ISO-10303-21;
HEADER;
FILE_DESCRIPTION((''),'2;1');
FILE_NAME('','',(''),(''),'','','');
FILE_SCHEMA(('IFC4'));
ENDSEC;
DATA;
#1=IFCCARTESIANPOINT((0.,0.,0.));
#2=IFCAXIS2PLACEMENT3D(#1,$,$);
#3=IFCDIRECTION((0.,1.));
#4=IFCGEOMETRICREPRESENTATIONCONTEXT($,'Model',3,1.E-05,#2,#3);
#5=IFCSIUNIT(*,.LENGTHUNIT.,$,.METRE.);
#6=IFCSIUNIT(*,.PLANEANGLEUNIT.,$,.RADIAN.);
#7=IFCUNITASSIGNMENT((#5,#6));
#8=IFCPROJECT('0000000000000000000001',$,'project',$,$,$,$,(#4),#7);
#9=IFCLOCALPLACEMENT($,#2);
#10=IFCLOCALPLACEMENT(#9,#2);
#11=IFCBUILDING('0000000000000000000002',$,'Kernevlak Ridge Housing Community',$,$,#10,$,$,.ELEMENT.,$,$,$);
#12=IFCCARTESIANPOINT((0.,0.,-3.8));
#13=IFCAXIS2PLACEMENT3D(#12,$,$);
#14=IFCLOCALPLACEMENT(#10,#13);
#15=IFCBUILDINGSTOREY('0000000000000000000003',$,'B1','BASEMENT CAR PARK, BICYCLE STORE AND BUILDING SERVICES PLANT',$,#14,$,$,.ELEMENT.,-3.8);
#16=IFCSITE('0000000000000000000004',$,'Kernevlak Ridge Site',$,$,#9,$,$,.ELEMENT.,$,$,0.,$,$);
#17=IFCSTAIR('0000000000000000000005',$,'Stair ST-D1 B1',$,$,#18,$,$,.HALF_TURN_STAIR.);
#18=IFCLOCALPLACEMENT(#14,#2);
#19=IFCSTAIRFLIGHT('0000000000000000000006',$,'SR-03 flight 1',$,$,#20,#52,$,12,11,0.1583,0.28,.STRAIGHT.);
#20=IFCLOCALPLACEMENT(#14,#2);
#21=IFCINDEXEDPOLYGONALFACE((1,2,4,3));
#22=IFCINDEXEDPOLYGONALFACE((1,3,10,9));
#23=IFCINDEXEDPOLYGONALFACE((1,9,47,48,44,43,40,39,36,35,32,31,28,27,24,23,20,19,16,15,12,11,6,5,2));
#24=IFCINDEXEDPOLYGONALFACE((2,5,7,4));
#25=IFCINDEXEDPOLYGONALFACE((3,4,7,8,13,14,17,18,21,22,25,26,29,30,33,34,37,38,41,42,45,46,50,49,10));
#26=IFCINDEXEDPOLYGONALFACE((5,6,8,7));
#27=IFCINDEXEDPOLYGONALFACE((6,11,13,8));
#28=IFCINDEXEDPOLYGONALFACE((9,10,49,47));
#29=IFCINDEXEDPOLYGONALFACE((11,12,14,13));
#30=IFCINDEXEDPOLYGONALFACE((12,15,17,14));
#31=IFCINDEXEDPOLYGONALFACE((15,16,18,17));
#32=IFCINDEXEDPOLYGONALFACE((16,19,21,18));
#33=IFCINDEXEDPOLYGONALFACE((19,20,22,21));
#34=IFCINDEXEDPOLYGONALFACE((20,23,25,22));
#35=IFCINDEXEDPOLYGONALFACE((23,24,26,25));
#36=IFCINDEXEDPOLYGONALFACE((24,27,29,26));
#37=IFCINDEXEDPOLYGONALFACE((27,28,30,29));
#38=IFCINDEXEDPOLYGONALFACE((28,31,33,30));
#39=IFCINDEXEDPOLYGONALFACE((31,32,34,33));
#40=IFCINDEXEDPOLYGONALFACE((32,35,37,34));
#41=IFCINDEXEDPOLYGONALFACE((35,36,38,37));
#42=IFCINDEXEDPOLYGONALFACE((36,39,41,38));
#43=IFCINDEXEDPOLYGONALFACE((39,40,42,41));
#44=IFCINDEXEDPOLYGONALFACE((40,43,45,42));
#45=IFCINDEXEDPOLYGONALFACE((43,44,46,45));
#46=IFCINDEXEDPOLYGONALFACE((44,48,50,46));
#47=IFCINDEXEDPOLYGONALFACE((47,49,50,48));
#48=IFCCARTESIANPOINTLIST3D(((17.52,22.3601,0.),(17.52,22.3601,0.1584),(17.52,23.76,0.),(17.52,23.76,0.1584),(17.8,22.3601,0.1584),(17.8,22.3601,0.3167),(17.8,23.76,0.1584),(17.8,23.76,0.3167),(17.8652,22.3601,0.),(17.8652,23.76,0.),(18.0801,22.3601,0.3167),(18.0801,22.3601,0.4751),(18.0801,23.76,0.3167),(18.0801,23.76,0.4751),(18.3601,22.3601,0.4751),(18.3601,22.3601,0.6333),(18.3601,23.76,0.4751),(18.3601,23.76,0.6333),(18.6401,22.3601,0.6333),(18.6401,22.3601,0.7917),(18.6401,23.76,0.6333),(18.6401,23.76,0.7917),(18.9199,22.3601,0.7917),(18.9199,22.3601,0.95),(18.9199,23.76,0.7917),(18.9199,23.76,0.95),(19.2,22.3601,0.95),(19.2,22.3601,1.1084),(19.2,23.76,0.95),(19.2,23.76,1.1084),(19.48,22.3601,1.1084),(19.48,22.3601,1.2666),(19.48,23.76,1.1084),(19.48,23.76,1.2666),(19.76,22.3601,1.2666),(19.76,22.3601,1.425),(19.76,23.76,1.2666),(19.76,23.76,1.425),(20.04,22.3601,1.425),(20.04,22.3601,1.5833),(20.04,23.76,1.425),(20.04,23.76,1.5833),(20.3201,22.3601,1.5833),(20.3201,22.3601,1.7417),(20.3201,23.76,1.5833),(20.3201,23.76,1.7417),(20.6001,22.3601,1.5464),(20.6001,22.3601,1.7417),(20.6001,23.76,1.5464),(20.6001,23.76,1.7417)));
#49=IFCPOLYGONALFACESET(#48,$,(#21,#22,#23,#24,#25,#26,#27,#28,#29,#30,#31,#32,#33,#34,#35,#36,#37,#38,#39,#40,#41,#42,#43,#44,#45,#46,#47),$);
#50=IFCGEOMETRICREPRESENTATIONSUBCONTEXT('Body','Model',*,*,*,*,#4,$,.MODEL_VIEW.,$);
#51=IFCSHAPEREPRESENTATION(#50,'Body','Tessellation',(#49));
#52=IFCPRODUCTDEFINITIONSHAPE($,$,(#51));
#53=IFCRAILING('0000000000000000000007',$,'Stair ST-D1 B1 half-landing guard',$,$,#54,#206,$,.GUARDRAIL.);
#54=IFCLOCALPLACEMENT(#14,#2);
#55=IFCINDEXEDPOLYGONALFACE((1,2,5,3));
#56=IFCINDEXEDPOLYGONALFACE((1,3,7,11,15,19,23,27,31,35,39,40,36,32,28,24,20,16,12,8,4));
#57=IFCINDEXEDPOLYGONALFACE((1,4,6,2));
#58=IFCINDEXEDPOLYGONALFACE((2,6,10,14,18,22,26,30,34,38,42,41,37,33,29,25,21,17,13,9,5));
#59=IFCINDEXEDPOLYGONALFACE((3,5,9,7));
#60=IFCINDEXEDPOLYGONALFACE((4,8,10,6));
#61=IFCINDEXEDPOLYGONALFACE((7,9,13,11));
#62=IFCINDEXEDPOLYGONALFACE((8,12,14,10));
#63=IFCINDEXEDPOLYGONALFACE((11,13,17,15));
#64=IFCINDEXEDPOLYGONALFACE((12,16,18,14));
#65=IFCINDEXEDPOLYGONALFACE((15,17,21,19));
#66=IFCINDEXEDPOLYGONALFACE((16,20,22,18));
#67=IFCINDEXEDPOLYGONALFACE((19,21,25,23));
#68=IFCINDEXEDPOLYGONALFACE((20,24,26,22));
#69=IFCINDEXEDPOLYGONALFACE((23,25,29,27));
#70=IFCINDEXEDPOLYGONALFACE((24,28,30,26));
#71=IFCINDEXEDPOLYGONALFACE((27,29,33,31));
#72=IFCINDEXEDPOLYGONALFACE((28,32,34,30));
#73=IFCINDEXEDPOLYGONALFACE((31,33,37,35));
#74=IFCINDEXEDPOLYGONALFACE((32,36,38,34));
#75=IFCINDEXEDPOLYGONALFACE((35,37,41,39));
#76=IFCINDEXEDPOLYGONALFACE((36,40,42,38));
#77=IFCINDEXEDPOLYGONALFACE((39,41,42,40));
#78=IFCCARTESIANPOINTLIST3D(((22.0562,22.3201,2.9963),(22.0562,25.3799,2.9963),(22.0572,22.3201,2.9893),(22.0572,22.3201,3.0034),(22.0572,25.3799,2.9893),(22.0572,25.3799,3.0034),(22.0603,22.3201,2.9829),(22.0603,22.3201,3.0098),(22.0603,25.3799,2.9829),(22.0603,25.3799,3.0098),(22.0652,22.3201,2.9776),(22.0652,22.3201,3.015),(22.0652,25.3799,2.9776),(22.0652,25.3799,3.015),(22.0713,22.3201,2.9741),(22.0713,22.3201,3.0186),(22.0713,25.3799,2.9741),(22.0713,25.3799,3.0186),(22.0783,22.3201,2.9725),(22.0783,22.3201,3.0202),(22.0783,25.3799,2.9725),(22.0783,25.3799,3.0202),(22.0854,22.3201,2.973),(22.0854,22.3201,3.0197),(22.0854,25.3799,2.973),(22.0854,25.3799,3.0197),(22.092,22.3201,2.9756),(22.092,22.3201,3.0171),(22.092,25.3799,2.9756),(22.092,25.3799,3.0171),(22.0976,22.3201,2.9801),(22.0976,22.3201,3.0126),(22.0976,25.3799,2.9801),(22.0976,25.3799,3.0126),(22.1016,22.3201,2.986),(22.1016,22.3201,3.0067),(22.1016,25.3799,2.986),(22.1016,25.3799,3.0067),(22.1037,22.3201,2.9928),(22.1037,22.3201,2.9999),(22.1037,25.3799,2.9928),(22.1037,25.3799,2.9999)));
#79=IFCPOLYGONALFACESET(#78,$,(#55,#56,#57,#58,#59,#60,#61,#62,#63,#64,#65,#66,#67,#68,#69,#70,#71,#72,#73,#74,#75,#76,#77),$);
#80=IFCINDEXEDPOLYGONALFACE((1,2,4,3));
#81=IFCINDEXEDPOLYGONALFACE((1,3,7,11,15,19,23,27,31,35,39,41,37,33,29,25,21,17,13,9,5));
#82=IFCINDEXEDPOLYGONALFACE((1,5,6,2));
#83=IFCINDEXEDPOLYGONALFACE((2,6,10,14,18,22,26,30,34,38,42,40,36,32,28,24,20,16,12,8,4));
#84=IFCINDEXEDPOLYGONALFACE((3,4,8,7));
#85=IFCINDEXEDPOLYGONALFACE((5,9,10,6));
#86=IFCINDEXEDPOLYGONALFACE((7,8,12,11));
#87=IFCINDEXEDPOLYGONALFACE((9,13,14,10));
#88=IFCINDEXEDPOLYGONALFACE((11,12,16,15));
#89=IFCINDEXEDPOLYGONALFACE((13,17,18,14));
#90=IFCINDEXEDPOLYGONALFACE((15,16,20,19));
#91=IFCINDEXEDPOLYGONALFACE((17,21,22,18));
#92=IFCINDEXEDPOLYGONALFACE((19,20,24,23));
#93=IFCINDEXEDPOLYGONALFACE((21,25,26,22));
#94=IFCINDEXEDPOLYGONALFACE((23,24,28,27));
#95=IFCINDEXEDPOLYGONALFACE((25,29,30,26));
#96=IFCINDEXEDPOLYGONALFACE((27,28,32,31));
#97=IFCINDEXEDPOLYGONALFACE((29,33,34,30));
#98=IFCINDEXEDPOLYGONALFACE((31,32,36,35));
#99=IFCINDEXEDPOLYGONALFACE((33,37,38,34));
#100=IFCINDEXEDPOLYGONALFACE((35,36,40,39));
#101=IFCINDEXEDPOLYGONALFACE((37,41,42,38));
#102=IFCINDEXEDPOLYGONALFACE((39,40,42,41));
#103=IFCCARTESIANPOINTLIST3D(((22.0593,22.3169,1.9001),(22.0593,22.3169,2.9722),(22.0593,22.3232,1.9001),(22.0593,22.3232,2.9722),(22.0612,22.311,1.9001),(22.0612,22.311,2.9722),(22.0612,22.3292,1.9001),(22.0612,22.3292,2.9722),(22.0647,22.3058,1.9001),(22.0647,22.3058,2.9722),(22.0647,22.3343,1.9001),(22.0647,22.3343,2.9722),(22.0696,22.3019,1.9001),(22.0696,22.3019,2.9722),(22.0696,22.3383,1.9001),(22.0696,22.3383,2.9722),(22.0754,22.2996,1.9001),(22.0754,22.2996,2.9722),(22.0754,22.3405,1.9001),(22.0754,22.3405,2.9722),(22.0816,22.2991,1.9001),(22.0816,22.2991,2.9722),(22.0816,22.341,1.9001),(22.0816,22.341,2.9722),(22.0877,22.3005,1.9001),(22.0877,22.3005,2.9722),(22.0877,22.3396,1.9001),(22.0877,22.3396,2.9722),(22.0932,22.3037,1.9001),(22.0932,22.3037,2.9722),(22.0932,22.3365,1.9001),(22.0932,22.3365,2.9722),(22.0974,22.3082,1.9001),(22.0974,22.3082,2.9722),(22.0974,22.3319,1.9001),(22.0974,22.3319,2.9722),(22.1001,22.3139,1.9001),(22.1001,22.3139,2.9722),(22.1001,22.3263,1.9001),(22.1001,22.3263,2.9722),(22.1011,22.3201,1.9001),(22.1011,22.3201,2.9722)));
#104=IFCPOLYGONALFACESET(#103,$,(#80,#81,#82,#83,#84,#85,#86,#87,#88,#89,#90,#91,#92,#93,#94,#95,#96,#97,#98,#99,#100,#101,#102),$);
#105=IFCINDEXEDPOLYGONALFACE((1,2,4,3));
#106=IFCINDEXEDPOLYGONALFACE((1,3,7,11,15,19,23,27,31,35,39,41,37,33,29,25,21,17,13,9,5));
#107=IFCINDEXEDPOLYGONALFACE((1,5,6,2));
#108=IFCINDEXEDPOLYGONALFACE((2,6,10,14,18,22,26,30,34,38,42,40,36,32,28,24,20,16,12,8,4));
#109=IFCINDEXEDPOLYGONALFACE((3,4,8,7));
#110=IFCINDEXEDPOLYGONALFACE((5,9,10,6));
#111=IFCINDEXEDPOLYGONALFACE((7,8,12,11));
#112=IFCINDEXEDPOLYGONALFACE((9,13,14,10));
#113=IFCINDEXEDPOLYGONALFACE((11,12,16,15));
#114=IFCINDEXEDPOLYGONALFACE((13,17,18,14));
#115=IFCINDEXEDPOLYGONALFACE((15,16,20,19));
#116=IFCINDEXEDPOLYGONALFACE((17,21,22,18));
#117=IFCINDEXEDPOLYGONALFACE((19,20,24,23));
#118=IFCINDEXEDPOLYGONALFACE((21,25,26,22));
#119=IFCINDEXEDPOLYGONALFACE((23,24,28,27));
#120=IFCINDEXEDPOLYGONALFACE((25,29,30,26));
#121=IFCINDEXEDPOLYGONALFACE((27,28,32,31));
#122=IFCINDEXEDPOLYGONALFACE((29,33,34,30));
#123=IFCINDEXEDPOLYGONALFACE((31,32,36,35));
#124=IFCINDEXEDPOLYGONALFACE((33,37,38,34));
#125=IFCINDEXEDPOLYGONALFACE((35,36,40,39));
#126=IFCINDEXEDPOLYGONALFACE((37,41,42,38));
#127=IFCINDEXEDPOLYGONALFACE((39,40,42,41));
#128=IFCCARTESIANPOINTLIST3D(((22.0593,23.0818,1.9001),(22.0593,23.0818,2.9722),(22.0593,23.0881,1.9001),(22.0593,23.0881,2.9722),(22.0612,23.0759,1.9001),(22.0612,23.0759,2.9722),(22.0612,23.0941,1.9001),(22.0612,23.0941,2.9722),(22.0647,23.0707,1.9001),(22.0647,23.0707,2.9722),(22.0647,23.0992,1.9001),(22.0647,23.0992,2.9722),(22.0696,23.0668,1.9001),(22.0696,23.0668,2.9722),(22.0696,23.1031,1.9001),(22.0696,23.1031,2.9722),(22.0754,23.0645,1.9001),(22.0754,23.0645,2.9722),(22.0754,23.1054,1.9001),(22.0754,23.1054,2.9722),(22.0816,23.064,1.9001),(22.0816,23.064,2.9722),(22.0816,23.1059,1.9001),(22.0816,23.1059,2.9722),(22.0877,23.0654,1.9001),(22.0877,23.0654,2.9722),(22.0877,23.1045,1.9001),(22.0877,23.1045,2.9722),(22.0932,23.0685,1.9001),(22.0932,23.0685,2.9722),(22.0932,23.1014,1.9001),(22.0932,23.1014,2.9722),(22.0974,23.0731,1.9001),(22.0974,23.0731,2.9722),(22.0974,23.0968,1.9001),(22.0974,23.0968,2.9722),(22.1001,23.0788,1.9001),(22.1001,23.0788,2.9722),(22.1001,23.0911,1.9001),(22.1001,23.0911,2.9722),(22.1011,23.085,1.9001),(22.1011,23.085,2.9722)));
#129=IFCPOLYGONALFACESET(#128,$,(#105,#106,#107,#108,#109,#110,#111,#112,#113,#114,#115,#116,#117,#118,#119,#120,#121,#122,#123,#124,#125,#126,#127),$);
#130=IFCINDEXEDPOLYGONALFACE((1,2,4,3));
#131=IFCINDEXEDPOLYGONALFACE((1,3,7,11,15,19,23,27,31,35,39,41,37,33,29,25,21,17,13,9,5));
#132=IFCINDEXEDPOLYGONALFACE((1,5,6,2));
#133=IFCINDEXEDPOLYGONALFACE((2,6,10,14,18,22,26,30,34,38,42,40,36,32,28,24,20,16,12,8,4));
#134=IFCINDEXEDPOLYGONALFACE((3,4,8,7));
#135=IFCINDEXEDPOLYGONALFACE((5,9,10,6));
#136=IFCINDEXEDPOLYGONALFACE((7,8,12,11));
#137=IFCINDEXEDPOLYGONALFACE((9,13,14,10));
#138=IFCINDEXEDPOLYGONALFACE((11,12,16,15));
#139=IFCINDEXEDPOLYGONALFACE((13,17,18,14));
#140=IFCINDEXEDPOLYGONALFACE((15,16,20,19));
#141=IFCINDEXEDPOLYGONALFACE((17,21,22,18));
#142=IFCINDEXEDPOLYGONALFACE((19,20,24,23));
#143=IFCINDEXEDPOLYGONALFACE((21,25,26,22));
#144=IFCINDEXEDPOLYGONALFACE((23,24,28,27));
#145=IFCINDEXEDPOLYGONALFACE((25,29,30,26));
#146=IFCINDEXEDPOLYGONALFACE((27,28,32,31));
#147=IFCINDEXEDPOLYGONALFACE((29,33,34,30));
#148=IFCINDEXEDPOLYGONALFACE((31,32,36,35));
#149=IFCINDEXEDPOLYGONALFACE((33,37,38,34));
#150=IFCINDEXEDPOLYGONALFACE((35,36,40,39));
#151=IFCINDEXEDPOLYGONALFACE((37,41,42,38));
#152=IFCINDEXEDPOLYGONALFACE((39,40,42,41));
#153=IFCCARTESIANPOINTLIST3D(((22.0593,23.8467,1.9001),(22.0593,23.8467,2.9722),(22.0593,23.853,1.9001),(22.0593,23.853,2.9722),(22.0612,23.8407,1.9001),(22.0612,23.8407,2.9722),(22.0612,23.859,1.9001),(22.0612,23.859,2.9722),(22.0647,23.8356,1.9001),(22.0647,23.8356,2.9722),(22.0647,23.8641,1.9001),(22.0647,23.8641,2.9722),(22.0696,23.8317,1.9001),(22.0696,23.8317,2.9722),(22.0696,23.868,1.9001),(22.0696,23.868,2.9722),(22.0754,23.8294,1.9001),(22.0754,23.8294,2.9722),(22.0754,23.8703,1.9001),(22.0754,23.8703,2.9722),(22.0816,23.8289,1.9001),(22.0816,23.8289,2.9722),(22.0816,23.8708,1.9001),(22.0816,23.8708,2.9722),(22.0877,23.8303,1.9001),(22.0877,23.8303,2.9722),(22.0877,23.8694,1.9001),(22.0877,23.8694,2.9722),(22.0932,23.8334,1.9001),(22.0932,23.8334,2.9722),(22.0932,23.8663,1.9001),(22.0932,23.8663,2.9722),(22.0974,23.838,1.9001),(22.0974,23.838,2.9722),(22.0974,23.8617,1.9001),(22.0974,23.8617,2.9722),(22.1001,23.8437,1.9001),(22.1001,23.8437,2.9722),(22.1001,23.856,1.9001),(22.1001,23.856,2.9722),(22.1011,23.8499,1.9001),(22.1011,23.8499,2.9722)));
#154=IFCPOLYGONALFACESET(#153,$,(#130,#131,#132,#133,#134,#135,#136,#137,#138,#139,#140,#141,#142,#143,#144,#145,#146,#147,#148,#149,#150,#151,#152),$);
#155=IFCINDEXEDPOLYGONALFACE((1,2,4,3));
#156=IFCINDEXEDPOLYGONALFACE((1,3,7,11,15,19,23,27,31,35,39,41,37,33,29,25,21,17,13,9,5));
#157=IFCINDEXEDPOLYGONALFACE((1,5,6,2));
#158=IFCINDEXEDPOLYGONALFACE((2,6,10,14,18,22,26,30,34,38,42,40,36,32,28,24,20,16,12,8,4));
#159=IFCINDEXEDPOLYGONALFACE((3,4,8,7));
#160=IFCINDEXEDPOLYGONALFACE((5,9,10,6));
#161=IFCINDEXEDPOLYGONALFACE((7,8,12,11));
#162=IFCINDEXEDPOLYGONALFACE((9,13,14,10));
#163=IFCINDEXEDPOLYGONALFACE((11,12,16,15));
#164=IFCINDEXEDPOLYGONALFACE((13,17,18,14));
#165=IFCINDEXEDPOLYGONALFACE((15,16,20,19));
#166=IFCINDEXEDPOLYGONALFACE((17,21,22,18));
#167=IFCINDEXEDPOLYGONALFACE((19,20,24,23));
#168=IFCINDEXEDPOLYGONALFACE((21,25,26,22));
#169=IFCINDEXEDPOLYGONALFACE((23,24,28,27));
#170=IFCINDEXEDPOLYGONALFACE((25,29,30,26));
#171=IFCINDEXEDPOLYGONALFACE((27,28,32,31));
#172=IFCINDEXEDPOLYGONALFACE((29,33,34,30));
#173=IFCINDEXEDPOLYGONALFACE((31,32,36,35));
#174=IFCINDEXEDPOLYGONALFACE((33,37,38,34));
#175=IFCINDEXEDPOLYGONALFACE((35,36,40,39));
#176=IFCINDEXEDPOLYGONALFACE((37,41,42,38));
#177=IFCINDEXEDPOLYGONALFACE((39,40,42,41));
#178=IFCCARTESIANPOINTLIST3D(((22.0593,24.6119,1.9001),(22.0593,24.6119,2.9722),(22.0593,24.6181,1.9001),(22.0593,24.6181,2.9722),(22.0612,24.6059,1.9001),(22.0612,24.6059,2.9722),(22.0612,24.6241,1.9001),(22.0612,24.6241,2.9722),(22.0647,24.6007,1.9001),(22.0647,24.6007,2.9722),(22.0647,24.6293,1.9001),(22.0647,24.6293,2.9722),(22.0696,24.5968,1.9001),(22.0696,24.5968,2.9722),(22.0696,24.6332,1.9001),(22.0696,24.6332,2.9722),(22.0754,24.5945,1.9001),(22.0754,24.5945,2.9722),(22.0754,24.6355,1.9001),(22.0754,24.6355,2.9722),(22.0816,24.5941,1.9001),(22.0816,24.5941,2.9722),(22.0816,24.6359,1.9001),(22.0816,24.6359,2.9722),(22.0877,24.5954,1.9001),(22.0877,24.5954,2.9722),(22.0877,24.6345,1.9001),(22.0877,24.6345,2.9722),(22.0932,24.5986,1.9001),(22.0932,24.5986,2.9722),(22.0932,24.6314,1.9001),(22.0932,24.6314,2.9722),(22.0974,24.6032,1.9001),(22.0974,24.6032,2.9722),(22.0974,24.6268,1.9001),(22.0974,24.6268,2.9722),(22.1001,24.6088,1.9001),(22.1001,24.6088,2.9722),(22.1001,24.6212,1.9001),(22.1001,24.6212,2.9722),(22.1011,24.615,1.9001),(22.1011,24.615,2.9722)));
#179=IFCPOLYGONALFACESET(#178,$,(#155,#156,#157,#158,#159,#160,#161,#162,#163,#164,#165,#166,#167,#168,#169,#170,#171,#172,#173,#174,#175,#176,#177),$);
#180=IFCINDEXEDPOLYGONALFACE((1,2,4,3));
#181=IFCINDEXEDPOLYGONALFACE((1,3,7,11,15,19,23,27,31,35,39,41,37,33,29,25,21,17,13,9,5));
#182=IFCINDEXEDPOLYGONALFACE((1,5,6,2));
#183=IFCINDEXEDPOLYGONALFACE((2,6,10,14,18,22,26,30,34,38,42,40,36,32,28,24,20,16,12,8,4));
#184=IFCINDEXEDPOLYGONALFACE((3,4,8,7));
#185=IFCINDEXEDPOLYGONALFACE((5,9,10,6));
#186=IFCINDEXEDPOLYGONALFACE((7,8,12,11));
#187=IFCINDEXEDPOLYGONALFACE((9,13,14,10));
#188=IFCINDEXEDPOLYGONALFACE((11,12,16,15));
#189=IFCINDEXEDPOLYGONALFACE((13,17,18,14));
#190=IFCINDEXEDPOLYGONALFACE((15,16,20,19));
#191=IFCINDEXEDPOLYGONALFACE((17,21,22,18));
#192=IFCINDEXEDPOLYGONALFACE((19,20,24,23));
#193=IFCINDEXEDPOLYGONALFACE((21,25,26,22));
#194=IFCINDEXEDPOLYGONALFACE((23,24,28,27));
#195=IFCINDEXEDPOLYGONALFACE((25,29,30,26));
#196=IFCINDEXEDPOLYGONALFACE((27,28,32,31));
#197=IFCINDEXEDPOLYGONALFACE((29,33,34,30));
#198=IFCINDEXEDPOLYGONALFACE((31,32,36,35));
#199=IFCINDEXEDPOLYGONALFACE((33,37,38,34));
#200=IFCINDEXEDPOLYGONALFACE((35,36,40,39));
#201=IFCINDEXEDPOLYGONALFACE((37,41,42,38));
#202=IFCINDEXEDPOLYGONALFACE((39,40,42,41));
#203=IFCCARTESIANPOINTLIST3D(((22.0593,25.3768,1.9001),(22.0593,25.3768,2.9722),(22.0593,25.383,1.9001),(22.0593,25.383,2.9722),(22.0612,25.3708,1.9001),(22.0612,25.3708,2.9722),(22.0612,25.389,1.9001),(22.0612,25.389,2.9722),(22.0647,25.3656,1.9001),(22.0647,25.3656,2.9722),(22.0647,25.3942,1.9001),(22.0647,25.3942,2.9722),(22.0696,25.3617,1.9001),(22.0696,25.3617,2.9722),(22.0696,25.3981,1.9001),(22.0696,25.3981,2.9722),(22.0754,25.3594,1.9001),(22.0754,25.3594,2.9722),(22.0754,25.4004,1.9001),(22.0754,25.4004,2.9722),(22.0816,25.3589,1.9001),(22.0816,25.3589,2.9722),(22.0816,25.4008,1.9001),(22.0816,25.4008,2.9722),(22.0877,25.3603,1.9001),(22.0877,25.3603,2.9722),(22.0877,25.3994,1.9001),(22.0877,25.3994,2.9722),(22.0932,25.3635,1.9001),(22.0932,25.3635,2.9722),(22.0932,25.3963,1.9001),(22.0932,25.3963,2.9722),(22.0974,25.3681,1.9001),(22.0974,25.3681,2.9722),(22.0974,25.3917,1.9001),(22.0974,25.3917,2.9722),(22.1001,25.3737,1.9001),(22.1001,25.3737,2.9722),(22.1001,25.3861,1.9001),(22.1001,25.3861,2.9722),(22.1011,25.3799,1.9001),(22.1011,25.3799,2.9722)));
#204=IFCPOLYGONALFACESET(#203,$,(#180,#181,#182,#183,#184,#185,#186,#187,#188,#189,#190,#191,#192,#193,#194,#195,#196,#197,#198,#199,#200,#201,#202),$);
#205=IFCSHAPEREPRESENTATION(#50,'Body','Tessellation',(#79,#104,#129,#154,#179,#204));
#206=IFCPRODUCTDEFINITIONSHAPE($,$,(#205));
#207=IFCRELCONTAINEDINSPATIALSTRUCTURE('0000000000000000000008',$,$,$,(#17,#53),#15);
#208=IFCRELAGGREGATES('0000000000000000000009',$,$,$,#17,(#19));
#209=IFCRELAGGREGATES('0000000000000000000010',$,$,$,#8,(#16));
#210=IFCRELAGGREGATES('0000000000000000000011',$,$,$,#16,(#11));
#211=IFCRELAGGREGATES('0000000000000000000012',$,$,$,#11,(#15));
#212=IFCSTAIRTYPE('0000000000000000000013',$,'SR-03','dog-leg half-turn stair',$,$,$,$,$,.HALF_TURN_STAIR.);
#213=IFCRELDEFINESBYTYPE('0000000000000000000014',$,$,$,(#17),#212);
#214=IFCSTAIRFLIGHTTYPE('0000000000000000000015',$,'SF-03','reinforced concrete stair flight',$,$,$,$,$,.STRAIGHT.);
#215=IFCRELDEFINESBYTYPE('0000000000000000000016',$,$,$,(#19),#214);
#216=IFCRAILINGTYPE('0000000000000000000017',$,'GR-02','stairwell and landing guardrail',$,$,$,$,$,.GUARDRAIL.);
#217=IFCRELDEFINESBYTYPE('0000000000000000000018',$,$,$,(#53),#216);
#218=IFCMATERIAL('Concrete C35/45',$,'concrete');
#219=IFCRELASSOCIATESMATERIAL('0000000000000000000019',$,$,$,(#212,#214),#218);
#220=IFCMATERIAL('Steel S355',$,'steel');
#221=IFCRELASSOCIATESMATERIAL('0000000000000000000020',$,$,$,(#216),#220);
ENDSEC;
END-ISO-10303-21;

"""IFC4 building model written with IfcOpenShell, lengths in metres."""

from ifc_helpers import new_model, si_unit, direction, frame, origin, origin_2d, place, context, subcontext, project, spatial, polyline, circle, outline, extrude, material, type_object, element, aggregate, save


model = new_model("IFC4")

# Units and contexts
model_context = context("Model", 3, precision=1e-05, world=origin(), true_north=direction((0.0, 1.0)))
body_context = subcontext(model_context, "Body", "Model", "MODEL_VIEW")
ifc_project = project(units=[si_unit("LENGTHUNIT", "METRE"), si_unit("PLANEANGLEUNIT", "RADIAN")], contexts=[model_context])

# Site, building, storey
site_placement = place(None, origin())
site = spatial("IfcSite", under=ifc_project, at=site_placement, Name="Kernevlak Ridge Site", CompositionType="ELEMENT", RefElevation=0.0)
building_placement = place(site_placement, origin())
building = spatial("IfcBuilding", under=site, at=building_placement, Name="Kernevlak Ridge Housing Community", CompositionType="ELEMENT")
storey_placement = place(building_placement, frame((0.0, 0.0, -3.8)))
storey = spatial("IfcBuildingStorey", under=building, at=storey_placement, Name="B1", Description="BASEMENT CAR PARK, BICYCLE STORE AND BUILDING SERVICES PLANT", CompositionType="ELEMENT", Elevation=-3.8)

# Shared definitions
ifc_material_1 = material(Name="Concrete C35/45", Category="concrete")

# Stair, stair flight
stair_type = type_object("IfcStairType", Name="SR-03", Description="dog-leg half-turn stair", PredefinedType="HALF_TURN_STAIR", material=ifc_material_1)
stair_placement = place(storey_placement, origin())
stair = element("IfcStair", 1, at=stair_placement, inside=storey, type_object=stair_type, Name="Stair ST-D1 B1", PredefinedType="HALF_TURN_STAIR")
stair_flight_type = type_object("IfcStairFlightType", Name="SF-03", Description="reinforced concrete stair flight", PredefinedType="STRAIGHT", material=ifc_material_1)
stair_flight_placement = place(storey_placement, frame((17.52, 23.0601, 0.0), z_axis=(0.0, 0.0, 1.0), x_axis=(1.0, 0.0, 0.0)))
stair_flight = element("IfcStairFlight", 2, at=stair_flight_placement, type_object=stair_flight_type, Name="SR-03 flight 1", NumberOfRisers=12, NumberOfTreads=11, PredefinedType="STRAIGHT", RiserHeight=0.1583, TreadLength=0.28, context=body_context, shape_type="SweptSolid", body=[
    extrude(outline(polyline([(0.0, 0.0), (0.0, 0.1584), (0.28, 0.1584), (0.28, 0.3167), (0.5601, 0.3167), (0.5601, 0.4751), (0.8401, 0.4751), (0.8401, 0.6333), (1.1201, 0.6333), (1.1201, 0.7917), (1.3999, 0.7917), (1.3999, 0.95), (1.6799, 0.95), (1.6799, 1.1084), (1.96, 1.1084), (1.96, 1.2666), (2.24, 1.2666), (2.24, 1.425), (2.52, 1.425), (2.52, 1.5833), (2.8, 1.5833), (2.8, 1.7417), (3.0801, 1.7417), (3.0801, 1.8999), (3.0801, 1.5464), (0.3452, 0.0), (0.0, 0.0)])), frame((0.0, 0.7, 0.0), z_axis=(0.0, -1.0, 0.0), x_axis=(1.0, 0.0, 0.0)), (0.0, 0.0, 1.0), 1.3999),
])
aggregate(stair, [stair_flight])

# Railing
ifc_material_2 = material(Name="Steel S355", Category="steel")
railing_type_1 = type_object("IfcRailingType", Name="GR-02", Description="stairwell and landing guardrail", PredefinedType="GUARDRAIL", material=ifc_material_2)
railing_1_placement = place(storey_placement, frame((22.0801, 22.3201, 1.9001)))
element("IfcRailing", 3, at=railing_1_placement, inside=storey, type_object=railing_type_1, Name="Stair ST-D1 B1 half-landing guard", PredefinedType="GUARDRAIL", context=body_context, shape_type="SweptSolid", body=[
    extrude(circle(Radius=0.0239, at=origin_2d()), frame((0.0, 0.0, 1.0962), z_axis=(0.0, 1.0, 0.0), x_axis=(-1.0, 0.0, 0.0)), (0.0, 0.0, 1.0), 3.0598),
    extrude(circle(Radius=0.021, at=origin_2d()), origin(), (0.0, 0.0, 1.0), 1.072),
    extrude(circle(Radius=0.021, at=origin_2d()), frame((0.0, 0.7649, 0.0)), (0.0, 0.0, 1.0), 1.072),
    extrude(circle(Radius=0.021, at=origin_2d()), frame((0.0, 1.5298, 0.0)), (0.0, 0.0, 1.0), 1.072),
    extrude(circle(Radius=0.021, at=origin_2d()), frame((0.0, 2.2949, 0.0)), (0.0, 0.0, 1.0), 1.072),
    extrude(circle(Radius=0.021, at=origin_2d()), frame((0.0, 3.0598, 0.0)), (0.0, 0.0, 1.0), 1.072),
])

save(model, "model.ifc")
